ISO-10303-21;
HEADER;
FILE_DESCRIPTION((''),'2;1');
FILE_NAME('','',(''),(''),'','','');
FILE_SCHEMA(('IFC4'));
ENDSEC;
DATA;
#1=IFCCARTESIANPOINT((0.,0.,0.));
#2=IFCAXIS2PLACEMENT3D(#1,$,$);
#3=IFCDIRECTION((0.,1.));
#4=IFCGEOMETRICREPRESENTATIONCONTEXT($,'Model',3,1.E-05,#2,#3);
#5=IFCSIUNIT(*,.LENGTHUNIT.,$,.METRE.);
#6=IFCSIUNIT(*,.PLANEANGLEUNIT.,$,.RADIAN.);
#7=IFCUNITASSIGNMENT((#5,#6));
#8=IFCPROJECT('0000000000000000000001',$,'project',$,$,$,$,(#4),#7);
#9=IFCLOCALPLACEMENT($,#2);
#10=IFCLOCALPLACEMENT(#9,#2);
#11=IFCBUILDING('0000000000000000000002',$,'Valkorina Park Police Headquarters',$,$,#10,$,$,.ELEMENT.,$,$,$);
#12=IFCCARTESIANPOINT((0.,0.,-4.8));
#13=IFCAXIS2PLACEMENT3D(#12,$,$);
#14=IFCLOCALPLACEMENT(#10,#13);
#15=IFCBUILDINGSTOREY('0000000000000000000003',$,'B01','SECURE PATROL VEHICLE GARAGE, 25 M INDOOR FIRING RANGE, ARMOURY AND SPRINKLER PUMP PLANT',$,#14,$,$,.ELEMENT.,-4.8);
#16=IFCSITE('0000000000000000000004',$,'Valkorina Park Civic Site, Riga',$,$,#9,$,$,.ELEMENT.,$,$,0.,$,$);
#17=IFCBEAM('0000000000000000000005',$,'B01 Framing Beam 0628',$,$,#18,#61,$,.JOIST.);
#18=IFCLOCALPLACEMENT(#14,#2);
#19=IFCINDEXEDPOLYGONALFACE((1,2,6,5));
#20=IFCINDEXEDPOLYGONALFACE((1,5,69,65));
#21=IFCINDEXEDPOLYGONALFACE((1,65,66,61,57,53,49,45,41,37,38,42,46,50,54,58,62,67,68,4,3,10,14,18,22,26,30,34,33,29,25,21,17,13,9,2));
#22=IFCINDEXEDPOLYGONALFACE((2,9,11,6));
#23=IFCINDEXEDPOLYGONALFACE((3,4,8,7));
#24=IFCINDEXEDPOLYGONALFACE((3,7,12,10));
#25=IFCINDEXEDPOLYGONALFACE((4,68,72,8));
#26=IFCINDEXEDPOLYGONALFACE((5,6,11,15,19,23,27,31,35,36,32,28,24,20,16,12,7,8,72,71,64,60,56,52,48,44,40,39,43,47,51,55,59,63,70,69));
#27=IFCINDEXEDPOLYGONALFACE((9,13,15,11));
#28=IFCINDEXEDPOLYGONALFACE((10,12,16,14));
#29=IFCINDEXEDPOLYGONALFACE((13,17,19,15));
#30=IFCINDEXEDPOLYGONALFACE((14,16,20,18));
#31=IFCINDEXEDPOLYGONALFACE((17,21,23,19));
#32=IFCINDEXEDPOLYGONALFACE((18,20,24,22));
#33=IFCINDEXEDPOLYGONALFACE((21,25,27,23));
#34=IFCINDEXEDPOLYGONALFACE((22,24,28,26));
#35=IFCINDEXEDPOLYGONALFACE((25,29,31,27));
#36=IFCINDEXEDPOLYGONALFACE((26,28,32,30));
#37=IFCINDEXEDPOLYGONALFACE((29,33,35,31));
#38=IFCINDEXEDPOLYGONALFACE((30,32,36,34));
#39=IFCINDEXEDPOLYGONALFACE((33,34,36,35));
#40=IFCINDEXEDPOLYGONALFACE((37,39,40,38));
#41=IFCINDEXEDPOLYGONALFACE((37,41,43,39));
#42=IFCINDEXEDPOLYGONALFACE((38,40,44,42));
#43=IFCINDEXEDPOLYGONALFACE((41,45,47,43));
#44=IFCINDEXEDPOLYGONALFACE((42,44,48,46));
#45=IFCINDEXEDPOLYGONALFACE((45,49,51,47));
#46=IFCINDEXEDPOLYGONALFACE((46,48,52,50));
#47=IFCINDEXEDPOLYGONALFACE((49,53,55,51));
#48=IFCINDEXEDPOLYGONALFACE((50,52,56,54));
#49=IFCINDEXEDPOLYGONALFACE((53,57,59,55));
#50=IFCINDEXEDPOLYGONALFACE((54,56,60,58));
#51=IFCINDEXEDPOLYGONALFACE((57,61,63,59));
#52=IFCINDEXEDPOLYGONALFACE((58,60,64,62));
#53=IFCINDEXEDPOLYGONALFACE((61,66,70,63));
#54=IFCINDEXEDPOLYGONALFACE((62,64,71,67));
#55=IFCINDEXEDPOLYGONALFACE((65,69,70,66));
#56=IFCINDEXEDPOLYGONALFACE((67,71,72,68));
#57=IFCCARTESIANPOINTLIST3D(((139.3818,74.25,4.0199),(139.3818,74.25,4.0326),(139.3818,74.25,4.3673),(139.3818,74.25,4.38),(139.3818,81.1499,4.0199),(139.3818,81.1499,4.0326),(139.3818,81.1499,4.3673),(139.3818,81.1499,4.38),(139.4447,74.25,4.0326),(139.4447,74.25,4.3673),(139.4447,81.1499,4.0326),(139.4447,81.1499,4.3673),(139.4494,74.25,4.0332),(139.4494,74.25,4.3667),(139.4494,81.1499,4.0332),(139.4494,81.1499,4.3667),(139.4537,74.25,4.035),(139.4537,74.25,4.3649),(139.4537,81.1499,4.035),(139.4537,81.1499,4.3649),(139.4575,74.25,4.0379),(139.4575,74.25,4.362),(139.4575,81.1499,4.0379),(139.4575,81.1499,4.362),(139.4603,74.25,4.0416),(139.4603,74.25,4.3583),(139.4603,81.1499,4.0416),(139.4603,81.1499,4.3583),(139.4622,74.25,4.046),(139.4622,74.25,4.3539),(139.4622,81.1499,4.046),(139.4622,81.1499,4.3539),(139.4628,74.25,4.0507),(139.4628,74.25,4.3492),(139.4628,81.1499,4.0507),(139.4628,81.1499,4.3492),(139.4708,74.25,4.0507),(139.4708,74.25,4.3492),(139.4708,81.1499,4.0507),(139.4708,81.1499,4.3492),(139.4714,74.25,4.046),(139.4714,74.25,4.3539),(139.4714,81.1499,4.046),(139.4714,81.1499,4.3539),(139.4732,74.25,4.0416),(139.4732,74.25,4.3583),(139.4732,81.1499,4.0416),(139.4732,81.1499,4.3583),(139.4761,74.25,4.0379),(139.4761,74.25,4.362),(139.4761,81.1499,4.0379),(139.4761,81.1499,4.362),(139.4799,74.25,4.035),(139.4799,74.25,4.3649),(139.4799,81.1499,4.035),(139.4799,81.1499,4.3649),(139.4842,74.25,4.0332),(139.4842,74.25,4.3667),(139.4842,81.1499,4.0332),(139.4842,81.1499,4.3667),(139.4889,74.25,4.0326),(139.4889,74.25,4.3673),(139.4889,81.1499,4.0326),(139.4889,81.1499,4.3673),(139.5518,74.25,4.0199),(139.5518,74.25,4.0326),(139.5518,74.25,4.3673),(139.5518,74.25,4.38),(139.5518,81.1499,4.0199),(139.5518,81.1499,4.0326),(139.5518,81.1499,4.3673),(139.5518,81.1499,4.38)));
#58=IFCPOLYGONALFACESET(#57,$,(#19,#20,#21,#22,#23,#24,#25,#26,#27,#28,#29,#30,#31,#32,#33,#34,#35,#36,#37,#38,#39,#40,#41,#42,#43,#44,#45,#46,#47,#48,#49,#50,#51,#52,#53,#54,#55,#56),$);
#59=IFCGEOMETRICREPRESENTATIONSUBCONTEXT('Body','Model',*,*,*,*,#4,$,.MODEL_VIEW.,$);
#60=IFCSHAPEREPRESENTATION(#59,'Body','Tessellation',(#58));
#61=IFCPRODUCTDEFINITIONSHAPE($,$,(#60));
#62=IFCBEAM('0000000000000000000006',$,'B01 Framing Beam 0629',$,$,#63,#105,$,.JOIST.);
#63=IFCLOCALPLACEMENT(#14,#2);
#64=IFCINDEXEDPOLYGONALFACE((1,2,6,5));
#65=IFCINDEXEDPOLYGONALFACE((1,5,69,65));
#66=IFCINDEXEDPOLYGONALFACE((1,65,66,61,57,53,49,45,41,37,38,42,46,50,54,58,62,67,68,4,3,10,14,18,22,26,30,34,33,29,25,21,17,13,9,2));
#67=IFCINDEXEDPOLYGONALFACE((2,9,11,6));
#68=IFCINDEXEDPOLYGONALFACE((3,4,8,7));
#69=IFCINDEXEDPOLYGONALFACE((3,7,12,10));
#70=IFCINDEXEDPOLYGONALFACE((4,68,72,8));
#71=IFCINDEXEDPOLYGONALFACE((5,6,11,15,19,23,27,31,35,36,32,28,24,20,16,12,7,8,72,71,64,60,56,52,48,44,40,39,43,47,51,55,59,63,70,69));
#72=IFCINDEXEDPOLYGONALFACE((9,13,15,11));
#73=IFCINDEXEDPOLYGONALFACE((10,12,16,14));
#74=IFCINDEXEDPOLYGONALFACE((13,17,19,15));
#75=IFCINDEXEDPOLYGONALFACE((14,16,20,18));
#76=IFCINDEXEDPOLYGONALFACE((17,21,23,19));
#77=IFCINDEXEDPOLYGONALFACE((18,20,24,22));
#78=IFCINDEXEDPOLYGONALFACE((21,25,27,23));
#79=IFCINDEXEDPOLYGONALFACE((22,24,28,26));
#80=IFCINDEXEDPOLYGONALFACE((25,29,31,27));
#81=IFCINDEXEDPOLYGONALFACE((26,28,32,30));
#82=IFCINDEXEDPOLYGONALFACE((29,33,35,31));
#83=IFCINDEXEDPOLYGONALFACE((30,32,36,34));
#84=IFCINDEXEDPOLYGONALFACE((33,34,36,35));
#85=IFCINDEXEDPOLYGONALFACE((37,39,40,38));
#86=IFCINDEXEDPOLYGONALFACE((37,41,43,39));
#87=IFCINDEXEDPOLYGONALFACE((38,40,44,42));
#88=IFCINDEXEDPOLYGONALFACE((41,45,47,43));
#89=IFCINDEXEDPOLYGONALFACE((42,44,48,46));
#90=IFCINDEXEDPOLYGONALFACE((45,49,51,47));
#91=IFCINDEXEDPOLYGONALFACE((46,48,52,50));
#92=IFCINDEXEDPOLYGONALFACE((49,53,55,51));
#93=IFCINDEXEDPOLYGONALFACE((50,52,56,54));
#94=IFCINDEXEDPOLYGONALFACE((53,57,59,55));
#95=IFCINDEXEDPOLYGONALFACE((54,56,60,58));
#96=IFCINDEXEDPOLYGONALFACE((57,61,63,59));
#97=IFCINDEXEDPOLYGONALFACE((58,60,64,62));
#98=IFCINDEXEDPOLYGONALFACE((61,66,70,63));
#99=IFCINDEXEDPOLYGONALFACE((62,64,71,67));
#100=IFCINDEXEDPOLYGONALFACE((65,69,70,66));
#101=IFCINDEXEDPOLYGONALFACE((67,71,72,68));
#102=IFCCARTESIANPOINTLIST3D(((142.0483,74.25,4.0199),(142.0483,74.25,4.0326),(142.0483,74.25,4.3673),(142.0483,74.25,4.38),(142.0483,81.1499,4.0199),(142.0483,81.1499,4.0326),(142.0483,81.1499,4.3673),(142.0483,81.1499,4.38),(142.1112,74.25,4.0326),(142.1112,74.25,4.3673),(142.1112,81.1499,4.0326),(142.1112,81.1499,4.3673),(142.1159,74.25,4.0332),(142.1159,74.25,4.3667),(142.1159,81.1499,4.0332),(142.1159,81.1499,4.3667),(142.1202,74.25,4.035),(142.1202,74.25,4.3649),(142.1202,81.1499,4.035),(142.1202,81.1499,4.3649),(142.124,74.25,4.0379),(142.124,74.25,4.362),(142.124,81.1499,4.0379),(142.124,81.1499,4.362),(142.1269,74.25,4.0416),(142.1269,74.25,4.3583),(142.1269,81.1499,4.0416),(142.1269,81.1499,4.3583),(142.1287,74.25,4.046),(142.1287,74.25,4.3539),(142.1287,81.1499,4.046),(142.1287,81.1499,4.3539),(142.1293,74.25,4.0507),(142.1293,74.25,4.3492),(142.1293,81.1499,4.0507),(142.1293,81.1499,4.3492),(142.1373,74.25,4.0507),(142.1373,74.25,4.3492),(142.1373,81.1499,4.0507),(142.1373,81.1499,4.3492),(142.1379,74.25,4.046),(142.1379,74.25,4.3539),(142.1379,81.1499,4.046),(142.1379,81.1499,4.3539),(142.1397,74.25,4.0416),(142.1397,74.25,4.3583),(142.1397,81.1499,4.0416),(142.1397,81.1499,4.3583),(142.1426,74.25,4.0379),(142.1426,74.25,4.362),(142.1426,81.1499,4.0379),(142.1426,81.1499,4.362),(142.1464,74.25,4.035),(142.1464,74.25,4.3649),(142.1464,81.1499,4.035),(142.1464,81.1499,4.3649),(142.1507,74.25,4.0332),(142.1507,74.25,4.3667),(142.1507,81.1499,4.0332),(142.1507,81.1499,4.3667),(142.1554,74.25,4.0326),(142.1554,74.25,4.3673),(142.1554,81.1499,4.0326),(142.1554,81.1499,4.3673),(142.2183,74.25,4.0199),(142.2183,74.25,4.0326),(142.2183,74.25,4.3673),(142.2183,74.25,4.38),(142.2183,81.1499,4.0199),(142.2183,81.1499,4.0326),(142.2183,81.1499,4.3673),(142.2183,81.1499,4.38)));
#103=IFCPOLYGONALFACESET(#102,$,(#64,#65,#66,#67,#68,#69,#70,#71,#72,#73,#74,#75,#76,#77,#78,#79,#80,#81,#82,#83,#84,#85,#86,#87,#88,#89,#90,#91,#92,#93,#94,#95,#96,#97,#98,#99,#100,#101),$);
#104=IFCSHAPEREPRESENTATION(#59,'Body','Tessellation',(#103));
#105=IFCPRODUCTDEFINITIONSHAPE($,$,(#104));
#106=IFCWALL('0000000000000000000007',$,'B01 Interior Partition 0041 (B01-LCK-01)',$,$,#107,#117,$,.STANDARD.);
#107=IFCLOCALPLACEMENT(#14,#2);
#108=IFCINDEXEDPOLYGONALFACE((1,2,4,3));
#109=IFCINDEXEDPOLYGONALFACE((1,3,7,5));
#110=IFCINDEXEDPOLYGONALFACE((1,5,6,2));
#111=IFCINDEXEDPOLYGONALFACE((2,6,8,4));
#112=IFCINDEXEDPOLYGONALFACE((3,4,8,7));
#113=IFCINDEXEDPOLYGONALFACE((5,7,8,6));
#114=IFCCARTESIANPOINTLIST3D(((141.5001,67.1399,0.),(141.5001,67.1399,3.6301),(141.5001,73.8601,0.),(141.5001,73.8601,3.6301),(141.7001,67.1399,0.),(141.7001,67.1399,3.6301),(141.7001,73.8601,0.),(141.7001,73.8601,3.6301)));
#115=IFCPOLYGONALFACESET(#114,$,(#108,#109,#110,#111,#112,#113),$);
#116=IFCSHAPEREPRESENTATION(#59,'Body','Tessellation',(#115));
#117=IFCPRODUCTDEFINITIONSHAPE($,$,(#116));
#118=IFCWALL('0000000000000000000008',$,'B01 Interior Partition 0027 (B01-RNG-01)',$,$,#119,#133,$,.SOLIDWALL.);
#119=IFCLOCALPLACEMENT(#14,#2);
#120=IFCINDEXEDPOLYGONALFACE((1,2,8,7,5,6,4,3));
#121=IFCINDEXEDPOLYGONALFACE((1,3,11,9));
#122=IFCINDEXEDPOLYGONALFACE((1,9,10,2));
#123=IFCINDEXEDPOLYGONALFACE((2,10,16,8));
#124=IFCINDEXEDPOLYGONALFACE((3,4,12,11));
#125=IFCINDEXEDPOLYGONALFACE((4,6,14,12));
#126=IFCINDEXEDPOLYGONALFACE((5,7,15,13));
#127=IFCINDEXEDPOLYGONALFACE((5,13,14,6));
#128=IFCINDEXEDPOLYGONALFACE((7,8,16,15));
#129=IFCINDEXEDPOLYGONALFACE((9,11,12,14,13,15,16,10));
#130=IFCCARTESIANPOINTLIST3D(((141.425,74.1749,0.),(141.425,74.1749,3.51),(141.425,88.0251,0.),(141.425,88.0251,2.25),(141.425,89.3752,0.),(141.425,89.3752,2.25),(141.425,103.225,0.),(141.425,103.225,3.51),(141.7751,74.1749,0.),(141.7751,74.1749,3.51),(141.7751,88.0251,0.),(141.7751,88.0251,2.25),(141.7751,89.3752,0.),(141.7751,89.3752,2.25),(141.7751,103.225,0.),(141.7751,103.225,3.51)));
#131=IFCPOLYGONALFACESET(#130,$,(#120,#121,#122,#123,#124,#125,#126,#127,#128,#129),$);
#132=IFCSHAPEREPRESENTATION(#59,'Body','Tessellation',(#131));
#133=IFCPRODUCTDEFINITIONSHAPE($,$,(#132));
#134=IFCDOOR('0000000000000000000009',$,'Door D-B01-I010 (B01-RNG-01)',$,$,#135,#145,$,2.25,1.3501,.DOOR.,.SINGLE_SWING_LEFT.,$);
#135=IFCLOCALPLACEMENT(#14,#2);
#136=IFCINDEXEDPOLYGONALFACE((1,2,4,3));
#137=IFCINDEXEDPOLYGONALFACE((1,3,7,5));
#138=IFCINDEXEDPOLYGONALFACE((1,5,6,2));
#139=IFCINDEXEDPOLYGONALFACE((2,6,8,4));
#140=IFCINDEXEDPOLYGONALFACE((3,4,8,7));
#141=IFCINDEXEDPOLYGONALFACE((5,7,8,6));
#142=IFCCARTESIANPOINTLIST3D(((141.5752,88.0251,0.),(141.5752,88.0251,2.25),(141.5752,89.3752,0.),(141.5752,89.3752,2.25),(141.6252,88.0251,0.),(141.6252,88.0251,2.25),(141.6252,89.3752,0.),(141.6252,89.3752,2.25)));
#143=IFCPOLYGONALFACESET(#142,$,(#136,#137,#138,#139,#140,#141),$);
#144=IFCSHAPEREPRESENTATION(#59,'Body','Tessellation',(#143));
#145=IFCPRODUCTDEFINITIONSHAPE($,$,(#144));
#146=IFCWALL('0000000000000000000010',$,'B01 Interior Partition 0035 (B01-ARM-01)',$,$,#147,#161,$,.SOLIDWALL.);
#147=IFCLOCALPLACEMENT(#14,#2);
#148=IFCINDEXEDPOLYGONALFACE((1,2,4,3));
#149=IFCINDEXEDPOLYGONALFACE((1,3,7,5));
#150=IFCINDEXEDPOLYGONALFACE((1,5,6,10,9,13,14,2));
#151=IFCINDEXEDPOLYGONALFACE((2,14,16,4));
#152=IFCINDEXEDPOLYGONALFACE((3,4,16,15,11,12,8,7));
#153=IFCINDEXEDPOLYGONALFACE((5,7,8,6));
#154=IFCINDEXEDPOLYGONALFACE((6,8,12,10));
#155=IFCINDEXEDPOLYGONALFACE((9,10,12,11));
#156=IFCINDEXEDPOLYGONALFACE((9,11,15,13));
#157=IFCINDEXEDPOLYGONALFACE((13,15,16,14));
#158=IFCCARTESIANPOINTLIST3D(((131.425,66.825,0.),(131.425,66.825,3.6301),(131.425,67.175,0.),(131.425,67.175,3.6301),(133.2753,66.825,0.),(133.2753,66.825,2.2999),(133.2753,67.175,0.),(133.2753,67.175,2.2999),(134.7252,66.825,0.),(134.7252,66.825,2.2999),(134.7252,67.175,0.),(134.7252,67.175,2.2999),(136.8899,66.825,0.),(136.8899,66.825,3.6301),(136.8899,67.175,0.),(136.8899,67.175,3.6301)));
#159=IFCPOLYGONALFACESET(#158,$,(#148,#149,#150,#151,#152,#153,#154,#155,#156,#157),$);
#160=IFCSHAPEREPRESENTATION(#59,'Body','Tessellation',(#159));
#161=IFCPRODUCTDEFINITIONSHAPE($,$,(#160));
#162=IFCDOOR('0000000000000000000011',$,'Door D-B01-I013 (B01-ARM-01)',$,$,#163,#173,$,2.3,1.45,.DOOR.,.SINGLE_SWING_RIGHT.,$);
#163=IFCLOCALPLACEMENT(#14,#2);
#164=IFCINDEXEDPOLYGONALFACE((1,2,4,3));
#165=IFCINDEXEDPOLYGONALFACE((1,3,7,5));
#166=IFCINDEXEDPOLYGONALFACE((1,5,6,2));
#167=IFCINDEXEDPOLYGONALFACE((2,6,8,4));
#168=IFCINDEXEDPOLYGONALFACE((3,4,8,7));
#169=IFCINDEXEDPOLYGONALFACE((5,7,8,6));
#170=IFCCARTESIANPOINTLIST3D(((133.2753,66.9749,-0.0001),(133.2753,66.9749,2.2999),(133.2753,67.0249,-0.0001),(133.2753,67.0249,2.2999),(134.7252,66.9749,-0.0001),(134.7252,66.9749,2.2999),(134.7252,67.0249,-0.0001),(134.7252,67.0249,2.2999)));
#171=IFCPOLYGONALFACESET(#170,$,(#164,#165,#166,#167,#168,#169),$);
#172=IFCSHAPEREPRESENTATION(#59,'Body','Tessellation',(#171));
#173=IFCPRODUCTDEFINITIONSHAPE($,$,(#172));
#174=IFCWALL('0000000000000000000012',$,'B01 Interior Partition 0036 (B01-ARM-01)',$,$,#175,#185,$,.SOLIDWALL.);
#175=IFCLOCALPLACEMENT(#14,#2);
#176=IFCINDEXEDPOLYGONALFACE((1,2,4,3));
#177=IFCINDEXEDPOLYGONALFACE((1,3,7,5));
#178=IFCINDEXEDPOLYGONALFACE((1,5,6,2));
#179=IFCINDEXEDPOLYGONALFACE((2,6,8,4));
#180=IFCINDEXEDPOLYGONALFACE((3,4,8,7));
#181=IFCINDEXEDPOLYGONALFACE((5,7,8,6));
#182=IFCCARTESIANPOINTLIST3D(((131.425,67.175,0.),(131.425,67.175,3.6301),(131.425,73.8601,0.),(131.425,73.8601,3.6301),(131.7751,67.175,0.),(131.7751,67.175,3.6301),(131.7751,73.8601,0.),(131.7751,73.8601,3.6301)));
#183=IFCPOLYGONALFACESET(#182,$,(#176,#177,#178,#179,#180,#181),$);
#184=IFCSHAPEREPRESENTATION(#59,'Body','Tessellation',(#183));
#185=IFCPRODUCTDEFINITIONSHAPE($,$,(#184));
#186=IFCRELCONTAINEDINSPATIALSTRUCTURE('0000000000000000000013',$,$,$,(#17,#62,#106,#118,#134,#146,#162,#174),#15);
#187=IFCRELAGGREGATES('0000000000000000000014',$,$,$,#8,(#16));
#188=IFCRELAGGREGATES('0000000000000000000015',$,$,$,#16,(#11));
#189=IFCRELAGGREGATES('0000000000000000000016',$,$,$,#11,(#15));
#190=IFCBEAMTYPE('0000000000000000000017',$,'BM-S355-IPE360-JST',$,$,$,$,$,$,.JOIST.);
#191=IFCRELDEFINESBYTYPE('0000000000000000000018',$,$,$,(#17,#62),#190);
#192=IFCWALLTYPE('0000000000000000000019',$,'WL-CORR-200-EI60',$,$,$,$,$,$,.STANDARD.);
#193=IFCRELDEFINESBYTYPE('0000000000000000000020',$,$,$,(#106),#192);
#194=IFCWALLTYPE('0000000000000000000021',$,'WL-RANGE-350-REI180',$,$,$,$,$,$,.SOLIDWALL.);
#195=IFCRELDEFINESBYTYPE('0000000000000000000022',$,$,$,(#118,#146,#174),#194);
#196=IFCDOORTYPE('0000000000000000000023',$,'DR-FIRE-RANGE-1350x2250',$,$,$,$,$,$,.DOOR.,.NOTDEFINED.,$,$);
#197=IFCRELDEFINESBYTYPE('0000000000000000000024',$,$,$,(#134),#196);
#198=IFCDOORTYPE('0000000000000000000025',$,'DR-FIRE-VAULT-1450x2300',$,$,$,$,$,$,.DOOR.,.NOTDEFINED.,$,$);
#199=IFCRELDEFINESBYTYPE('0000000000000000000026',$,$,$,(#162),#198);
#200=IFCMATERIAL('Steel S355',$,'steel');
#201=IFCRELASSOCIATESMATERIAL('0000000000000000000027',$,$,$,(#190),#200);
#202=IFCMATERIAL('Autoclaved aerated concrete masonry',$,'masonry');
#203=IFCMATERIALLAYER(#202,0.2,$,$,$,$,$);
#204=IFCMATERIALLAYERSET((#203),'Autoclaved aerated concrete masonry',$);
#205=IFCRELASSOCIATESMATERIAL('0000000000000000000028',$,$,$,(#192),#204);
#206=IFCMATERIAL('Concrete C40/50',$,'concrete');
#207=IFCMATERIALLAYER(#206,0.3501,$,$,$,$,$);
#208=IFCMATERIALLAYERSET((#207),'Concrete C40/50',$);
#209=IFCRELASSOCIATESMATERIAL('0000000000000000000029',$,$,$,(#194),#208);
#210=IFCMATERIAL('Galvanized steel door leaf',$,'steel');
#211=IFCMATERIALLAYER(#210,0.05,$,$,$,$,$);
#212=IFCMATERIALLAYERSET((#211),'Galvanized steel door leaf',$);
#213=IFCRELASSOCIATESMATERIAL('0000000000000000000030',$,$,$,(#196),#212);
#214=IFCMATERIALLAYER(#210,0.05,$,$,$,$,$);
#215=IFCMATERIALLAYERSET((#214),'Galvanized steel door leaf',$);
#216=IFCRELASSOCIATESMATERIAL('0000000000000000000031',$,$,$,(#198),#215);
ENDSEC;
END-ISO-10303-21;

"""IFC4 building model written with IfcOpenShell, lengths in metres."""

from ifc_helpers import new_model, si_unit, direction, frame, frame_2d, origin, origin_2d, place, context, subcontext, project, spatial, rectangle, i_section, extrude, material, layer, layer_set, material_profile, profile_set, type_object, element, fill, save


model = new_model("IFC4")

# Units and contexts
model_context = context("Model", 3, precision=1e-05, world=origin(), true_north=direction((0.0, 1.0)))
body_context = subcontext(model_context, "Body", "Model", "MODEL_VIEW")
ifc_project = project(units=[si_unit("LENGTHUNIT", "METRE"), si_unit("PLANEANGLEUNIT", "RADIAN")], contexts=[model_context])

# Site, building, storey
site_placement = place(None, origin())
site = spatial("IfcSite", under=ifc_project, at=site_placement, Name="Valkorina Park Civic Site, Riga", CompositionType="ELEMENT", RefElevation=0.0)
building_placement = place(site_placement, origin())
building = spatial("IfcBuilding", under=site, at=building_placement, Name="Valkorina Park Police Headquarters", CompositionType="ELEMENT")
storey_placement = place(building_placement, frame((0.0, 0.0, -4.8)))
storey = spatial("IfcBuildingStorey", under=building, at=storey_placement, Name="B01", Description="SECURE PATROL VEHICLE GARAGE, 25 M INDOOR FIRING RANGE, ARMOURY AND SPRINKLER PUMP PLANT", CompositionType="ELEMENT", Elevation=-4.8)

# Shared definitions
ifc_material_1 = material(Name="Concrete C40/50", Category="concrete")

# Beams
ifc_material_2 = material(Name="Steel S355", Category="steel")
ifc_material_profile_1 = material_profile(ifc_material_2, i_section(OverallWidth=0.1699, OverallDepth=0.3601, WebThickness=0.0081, FlangeThickness=0.0127, FilletRadius=0.0181, at=origin_2d()), Name="IPE 360")
ifc_profile_set_1 = profile_set([ifc_material_profile_1], Name="Steel S355")
beam_type_1 = type_object("IfcBeamType", Name="BM-S355-IPE360-JST", PredefinedType="JOIST", material=ifc_profile_set_1)
for number, where, z_axis, x_axis, name in (
    (1, (139.4668, 74.25, 4.2), (0.0, 1.0, 0.0), (-1.0, 0.0, 0.0), "B01 Framing Beam 0628"),
    (2, (142.1333, 74.25, 4.2), (0.0, 1.0, 0.0), (-1.0, 0.0, 0.0), "B01 Framing Beam 0629"),
):
    element("IfcBeam", number, at=place(storey_placement, frame(where, z_axis=z_axis, x_axis=x_axis)), inside=storey, type_object=beam_type_1, Name=name, PredefinedType="JOIST", context=body_context, shape_type="SweptSolid", body=[
        extrude(i_section(OverallWidth=0.1699, OverallDepth=0.3601, WebThickness=0.0081, FlangeThickness=0.0127, FilletRadius=0.0181, at=origin_2d()), origin(), (0.0, 0.0, 1.0), 6.8999),
    ])

# Shared definitions
ifc_material_3 = material(Name="Autoclaved aerated concrete masonry", Category="masonry")
ifc_layer_1 = layer(ifc_material_3, 0.2)
ifc_layer_set_1 = layer_set([ifc_layer_1], Name="Autoclaved aerated concrete masonry")
wall_type_1 = type_object("IfcWallType", Name="WL-CORR-200-EI60", PredefinedType="STANDARD", material=ifc_layer_set_1)
ifc_material_4 = material(Name="Galvanized steel door leaf", Category="steel")

# Wall
wall_1_placement = place(storey_placement, frame((141.6001, 67.1399, 0.0), z_axis=(0.0, 0.0, 1.0), x_axis=(0.0, 1.0, 0.0)))
element("IfcWall", 3, at=wall_1_placement, inside=storey, type_object=wall_type_1, Name="B01 Interior Partition 0041 (B01-LCK-01)", PredefinedType="STANDARD", context=body_context, shape_type="SweptSolid", body=[
    extrude(rectangle(XDim=6.7202, YDim=0.2, at=frame_2d((3.3601, 0.0))), origin(), (0.0, 0.0, 1.0), 3.6301),
])

# Walls, openings, doors
ifc_layer_2 = layer(ifc_material_1, 0.3501)
ifc_layer_set_2 = layer_set([ifc_layer_2], Name="Concrete C40/50")
wall_type_2 = type_object("IfcWallType", Name="WL-RANGE-350-REI180", PredefinedType="SOLIDWALL", material=ifc_layer_set_2)
wall_2_placement = place(storey_placement, frame((141.6001, 74.175, 0.0), z_axis=(0.0, 0.0, 1.0), x_axis=(0.0, 1.0, 0.0)))
wall_2 = element("IfcWall", 4, at=wall_2_placement, inside=storey, type_object=wall_type_2, Name="B01 Interior Partition 0027 (B01-RNG-01)", PredefinedType="SOLIDWALL", context=body_context, shape_type="SweptSolid", body=[
    extrude(rectangle(XDim=29.05, YDim=0.3501, at=frame_2d((14.5249, 0.0))), origin(), (0.0, 0.0, 1.0), 3.51),
])
opening_1_placement = place(wall_2_placement, frame((13.8501, 0.0, 0.0)))
opening_1 = element("IfcOpeningElement", 5, at=opening_1_placement, cuts=wall_2, PredefinedType="OPENING", context=body_context, shape_type="SweptSolid", body=[
    extrude(rectangle(XDim=1.3501, YDim=2.25, at=frame_2d((0.675, 1.125))), frame((0.0, 0.1851, 0.0), z_axis=(0.0, -1.0, 0.0), x_axis=(1.0, 0.0, 0.0)), (0.0, 0.0, 1.0), 0.3701),
])
ifc_layer_3 = layer(ifc_material_4, 0.05)
ifc_layer_set_3 = layer_set([ifc_layer_3], Name="Galvanized steel door leaf")
door_type_1 = type_object("IfcDoorType", Name="DR-FIRE-RANGE-1350x2250", OperationType="NOTDEFINED", PredefinedType="DOOR", material=ifc_layer_set_3)
door_1_placement = place(opening_1_placement, origin())
door_1 = element("IfcDoor", 6, at=door_1_placement, inside=storey, type_object=door_type_1, Name="Door D-B01-I010 (B01-RNG-01)", OperationType="SINGLE_SWING_LEFT", OverallHeight=2.25, OverallWidth=1.3501, PredefinedType="DOOR", context=body_context, shape_type="SweptSolid", body=[
    extrude(rectangle(XDim=1.3501, YDim=2.25, at=frame_2d((0.675, 1.125))), frame((0.0, 0.0249, 0.0), z_axis=(0.0, -1.0, 0.0), x_axis=(1.0, 0.0, 0.0)), (0.0, 0.0, 1.0), 0.05),
])
fill(opening_1, door_1)
wall_3_placement = place(storey_placement, frame((131.425, 67.0, 0.0), z_axis=(0.0, 0.0, 1.0), x_axis=(1.0, 0.0, 0.0)))
wall_3 = element("IfcWall", 7, at=wall_3_placement, inside=storey, type_object=wall_type_2, Name="B01 Interior Partition 0035 (B01-ARM-01)", PredefinedType="SOLIDWALL", context=body_context, shape_type="SweptSolid", body=[
    extrude(rectangle(XDim=5.4648, YDim=0.3501, at=frame_2d((2.7324, 0.0))), origin(), (0.0, 0.0, 1.0), 3.6301),
])
opening_2_placement = place(wall_3_placement, frame((1.8501, 0.0, 0.0)))
opening_2 = element("IfcOpeningElement", 8, at=opening_2_placement, cuts=wall_3, PredefinedType="OPENING", context=body_context, shape_type="SweptSolid", body=[
    extrude(rectangle(XDim=1.45, YDim=2.3, at=frame_2d((0.7251, 1.1499))), frame((0.0, 0.1851, 0.0), z_axis=(0.0, -1.0, 0.0), x_axis=(1.0, 0.0, 0.0)), (0.0, 0.0, 1.0), 0.3701),
])
ifc_layer_4 = layer(ifc_material_4, 0.05)
ifc_layer_set_4 = layer_set([ifc_layer_4], Name="Galvanized steel door leaf")
door_type_2 = type_object("IfcDoorType", Name="DR-FIRE-VAULT-1450x2300", OperationType="NOTDEFINED", PredefinedType="DOOR", material=ifc_layer_set_4)
door_2_placement = place(opening_2_placement, origin())
door_2 = element("IfcDoor", 9, at=door_2_placement, inside=storey, type_object=door_type_2, Name="Door D-B01-I013 (B01-ARM-01)", OperationType="SINGLE_SWING_RIGHT", OverallHeight=2.3, OverallWidth=1.45, PredefinedType="DOOR", context=body_context, shape_type="SweptSolid", body=[
    extrude(rectangle(XDim=1.45, YDim=2.3, at=frame_2d((0.7251, 1.1499))), frame((0.0, 0.0249, 0.0), z_axis=(0.0, -1.0, 0.0), x_axis=(1.0, 0.0, 0.0)), (0.0, 0.0, 1.0), 0.05),
])
fill(opening_2, door_2)

# Wall
wall_4_placement = place(storey_placement, frame((131.6001, 67.175, 0.0), z_axis=(0.0, 0.0, 1.0), x_axis=(0.0, 1.0, 0.0)))
element("IfcWall", 10, at=wall_4_placement, inside=storey, type_object=wall_type_2, Name="B01 Interior Partition 0036 (B01-ARM-01)", PredefinedType="SOLIDWALL", context=body_context, shape_type="SweptSolid", body=[
    extrude(rectangle(XDim=6.6851, YDim=0.3501, at=frame_2d((3.3425, 0.0))), origin(), (0.0, 0.0, 1.0), 3.6301),
])

save(model, "model.ifc")
